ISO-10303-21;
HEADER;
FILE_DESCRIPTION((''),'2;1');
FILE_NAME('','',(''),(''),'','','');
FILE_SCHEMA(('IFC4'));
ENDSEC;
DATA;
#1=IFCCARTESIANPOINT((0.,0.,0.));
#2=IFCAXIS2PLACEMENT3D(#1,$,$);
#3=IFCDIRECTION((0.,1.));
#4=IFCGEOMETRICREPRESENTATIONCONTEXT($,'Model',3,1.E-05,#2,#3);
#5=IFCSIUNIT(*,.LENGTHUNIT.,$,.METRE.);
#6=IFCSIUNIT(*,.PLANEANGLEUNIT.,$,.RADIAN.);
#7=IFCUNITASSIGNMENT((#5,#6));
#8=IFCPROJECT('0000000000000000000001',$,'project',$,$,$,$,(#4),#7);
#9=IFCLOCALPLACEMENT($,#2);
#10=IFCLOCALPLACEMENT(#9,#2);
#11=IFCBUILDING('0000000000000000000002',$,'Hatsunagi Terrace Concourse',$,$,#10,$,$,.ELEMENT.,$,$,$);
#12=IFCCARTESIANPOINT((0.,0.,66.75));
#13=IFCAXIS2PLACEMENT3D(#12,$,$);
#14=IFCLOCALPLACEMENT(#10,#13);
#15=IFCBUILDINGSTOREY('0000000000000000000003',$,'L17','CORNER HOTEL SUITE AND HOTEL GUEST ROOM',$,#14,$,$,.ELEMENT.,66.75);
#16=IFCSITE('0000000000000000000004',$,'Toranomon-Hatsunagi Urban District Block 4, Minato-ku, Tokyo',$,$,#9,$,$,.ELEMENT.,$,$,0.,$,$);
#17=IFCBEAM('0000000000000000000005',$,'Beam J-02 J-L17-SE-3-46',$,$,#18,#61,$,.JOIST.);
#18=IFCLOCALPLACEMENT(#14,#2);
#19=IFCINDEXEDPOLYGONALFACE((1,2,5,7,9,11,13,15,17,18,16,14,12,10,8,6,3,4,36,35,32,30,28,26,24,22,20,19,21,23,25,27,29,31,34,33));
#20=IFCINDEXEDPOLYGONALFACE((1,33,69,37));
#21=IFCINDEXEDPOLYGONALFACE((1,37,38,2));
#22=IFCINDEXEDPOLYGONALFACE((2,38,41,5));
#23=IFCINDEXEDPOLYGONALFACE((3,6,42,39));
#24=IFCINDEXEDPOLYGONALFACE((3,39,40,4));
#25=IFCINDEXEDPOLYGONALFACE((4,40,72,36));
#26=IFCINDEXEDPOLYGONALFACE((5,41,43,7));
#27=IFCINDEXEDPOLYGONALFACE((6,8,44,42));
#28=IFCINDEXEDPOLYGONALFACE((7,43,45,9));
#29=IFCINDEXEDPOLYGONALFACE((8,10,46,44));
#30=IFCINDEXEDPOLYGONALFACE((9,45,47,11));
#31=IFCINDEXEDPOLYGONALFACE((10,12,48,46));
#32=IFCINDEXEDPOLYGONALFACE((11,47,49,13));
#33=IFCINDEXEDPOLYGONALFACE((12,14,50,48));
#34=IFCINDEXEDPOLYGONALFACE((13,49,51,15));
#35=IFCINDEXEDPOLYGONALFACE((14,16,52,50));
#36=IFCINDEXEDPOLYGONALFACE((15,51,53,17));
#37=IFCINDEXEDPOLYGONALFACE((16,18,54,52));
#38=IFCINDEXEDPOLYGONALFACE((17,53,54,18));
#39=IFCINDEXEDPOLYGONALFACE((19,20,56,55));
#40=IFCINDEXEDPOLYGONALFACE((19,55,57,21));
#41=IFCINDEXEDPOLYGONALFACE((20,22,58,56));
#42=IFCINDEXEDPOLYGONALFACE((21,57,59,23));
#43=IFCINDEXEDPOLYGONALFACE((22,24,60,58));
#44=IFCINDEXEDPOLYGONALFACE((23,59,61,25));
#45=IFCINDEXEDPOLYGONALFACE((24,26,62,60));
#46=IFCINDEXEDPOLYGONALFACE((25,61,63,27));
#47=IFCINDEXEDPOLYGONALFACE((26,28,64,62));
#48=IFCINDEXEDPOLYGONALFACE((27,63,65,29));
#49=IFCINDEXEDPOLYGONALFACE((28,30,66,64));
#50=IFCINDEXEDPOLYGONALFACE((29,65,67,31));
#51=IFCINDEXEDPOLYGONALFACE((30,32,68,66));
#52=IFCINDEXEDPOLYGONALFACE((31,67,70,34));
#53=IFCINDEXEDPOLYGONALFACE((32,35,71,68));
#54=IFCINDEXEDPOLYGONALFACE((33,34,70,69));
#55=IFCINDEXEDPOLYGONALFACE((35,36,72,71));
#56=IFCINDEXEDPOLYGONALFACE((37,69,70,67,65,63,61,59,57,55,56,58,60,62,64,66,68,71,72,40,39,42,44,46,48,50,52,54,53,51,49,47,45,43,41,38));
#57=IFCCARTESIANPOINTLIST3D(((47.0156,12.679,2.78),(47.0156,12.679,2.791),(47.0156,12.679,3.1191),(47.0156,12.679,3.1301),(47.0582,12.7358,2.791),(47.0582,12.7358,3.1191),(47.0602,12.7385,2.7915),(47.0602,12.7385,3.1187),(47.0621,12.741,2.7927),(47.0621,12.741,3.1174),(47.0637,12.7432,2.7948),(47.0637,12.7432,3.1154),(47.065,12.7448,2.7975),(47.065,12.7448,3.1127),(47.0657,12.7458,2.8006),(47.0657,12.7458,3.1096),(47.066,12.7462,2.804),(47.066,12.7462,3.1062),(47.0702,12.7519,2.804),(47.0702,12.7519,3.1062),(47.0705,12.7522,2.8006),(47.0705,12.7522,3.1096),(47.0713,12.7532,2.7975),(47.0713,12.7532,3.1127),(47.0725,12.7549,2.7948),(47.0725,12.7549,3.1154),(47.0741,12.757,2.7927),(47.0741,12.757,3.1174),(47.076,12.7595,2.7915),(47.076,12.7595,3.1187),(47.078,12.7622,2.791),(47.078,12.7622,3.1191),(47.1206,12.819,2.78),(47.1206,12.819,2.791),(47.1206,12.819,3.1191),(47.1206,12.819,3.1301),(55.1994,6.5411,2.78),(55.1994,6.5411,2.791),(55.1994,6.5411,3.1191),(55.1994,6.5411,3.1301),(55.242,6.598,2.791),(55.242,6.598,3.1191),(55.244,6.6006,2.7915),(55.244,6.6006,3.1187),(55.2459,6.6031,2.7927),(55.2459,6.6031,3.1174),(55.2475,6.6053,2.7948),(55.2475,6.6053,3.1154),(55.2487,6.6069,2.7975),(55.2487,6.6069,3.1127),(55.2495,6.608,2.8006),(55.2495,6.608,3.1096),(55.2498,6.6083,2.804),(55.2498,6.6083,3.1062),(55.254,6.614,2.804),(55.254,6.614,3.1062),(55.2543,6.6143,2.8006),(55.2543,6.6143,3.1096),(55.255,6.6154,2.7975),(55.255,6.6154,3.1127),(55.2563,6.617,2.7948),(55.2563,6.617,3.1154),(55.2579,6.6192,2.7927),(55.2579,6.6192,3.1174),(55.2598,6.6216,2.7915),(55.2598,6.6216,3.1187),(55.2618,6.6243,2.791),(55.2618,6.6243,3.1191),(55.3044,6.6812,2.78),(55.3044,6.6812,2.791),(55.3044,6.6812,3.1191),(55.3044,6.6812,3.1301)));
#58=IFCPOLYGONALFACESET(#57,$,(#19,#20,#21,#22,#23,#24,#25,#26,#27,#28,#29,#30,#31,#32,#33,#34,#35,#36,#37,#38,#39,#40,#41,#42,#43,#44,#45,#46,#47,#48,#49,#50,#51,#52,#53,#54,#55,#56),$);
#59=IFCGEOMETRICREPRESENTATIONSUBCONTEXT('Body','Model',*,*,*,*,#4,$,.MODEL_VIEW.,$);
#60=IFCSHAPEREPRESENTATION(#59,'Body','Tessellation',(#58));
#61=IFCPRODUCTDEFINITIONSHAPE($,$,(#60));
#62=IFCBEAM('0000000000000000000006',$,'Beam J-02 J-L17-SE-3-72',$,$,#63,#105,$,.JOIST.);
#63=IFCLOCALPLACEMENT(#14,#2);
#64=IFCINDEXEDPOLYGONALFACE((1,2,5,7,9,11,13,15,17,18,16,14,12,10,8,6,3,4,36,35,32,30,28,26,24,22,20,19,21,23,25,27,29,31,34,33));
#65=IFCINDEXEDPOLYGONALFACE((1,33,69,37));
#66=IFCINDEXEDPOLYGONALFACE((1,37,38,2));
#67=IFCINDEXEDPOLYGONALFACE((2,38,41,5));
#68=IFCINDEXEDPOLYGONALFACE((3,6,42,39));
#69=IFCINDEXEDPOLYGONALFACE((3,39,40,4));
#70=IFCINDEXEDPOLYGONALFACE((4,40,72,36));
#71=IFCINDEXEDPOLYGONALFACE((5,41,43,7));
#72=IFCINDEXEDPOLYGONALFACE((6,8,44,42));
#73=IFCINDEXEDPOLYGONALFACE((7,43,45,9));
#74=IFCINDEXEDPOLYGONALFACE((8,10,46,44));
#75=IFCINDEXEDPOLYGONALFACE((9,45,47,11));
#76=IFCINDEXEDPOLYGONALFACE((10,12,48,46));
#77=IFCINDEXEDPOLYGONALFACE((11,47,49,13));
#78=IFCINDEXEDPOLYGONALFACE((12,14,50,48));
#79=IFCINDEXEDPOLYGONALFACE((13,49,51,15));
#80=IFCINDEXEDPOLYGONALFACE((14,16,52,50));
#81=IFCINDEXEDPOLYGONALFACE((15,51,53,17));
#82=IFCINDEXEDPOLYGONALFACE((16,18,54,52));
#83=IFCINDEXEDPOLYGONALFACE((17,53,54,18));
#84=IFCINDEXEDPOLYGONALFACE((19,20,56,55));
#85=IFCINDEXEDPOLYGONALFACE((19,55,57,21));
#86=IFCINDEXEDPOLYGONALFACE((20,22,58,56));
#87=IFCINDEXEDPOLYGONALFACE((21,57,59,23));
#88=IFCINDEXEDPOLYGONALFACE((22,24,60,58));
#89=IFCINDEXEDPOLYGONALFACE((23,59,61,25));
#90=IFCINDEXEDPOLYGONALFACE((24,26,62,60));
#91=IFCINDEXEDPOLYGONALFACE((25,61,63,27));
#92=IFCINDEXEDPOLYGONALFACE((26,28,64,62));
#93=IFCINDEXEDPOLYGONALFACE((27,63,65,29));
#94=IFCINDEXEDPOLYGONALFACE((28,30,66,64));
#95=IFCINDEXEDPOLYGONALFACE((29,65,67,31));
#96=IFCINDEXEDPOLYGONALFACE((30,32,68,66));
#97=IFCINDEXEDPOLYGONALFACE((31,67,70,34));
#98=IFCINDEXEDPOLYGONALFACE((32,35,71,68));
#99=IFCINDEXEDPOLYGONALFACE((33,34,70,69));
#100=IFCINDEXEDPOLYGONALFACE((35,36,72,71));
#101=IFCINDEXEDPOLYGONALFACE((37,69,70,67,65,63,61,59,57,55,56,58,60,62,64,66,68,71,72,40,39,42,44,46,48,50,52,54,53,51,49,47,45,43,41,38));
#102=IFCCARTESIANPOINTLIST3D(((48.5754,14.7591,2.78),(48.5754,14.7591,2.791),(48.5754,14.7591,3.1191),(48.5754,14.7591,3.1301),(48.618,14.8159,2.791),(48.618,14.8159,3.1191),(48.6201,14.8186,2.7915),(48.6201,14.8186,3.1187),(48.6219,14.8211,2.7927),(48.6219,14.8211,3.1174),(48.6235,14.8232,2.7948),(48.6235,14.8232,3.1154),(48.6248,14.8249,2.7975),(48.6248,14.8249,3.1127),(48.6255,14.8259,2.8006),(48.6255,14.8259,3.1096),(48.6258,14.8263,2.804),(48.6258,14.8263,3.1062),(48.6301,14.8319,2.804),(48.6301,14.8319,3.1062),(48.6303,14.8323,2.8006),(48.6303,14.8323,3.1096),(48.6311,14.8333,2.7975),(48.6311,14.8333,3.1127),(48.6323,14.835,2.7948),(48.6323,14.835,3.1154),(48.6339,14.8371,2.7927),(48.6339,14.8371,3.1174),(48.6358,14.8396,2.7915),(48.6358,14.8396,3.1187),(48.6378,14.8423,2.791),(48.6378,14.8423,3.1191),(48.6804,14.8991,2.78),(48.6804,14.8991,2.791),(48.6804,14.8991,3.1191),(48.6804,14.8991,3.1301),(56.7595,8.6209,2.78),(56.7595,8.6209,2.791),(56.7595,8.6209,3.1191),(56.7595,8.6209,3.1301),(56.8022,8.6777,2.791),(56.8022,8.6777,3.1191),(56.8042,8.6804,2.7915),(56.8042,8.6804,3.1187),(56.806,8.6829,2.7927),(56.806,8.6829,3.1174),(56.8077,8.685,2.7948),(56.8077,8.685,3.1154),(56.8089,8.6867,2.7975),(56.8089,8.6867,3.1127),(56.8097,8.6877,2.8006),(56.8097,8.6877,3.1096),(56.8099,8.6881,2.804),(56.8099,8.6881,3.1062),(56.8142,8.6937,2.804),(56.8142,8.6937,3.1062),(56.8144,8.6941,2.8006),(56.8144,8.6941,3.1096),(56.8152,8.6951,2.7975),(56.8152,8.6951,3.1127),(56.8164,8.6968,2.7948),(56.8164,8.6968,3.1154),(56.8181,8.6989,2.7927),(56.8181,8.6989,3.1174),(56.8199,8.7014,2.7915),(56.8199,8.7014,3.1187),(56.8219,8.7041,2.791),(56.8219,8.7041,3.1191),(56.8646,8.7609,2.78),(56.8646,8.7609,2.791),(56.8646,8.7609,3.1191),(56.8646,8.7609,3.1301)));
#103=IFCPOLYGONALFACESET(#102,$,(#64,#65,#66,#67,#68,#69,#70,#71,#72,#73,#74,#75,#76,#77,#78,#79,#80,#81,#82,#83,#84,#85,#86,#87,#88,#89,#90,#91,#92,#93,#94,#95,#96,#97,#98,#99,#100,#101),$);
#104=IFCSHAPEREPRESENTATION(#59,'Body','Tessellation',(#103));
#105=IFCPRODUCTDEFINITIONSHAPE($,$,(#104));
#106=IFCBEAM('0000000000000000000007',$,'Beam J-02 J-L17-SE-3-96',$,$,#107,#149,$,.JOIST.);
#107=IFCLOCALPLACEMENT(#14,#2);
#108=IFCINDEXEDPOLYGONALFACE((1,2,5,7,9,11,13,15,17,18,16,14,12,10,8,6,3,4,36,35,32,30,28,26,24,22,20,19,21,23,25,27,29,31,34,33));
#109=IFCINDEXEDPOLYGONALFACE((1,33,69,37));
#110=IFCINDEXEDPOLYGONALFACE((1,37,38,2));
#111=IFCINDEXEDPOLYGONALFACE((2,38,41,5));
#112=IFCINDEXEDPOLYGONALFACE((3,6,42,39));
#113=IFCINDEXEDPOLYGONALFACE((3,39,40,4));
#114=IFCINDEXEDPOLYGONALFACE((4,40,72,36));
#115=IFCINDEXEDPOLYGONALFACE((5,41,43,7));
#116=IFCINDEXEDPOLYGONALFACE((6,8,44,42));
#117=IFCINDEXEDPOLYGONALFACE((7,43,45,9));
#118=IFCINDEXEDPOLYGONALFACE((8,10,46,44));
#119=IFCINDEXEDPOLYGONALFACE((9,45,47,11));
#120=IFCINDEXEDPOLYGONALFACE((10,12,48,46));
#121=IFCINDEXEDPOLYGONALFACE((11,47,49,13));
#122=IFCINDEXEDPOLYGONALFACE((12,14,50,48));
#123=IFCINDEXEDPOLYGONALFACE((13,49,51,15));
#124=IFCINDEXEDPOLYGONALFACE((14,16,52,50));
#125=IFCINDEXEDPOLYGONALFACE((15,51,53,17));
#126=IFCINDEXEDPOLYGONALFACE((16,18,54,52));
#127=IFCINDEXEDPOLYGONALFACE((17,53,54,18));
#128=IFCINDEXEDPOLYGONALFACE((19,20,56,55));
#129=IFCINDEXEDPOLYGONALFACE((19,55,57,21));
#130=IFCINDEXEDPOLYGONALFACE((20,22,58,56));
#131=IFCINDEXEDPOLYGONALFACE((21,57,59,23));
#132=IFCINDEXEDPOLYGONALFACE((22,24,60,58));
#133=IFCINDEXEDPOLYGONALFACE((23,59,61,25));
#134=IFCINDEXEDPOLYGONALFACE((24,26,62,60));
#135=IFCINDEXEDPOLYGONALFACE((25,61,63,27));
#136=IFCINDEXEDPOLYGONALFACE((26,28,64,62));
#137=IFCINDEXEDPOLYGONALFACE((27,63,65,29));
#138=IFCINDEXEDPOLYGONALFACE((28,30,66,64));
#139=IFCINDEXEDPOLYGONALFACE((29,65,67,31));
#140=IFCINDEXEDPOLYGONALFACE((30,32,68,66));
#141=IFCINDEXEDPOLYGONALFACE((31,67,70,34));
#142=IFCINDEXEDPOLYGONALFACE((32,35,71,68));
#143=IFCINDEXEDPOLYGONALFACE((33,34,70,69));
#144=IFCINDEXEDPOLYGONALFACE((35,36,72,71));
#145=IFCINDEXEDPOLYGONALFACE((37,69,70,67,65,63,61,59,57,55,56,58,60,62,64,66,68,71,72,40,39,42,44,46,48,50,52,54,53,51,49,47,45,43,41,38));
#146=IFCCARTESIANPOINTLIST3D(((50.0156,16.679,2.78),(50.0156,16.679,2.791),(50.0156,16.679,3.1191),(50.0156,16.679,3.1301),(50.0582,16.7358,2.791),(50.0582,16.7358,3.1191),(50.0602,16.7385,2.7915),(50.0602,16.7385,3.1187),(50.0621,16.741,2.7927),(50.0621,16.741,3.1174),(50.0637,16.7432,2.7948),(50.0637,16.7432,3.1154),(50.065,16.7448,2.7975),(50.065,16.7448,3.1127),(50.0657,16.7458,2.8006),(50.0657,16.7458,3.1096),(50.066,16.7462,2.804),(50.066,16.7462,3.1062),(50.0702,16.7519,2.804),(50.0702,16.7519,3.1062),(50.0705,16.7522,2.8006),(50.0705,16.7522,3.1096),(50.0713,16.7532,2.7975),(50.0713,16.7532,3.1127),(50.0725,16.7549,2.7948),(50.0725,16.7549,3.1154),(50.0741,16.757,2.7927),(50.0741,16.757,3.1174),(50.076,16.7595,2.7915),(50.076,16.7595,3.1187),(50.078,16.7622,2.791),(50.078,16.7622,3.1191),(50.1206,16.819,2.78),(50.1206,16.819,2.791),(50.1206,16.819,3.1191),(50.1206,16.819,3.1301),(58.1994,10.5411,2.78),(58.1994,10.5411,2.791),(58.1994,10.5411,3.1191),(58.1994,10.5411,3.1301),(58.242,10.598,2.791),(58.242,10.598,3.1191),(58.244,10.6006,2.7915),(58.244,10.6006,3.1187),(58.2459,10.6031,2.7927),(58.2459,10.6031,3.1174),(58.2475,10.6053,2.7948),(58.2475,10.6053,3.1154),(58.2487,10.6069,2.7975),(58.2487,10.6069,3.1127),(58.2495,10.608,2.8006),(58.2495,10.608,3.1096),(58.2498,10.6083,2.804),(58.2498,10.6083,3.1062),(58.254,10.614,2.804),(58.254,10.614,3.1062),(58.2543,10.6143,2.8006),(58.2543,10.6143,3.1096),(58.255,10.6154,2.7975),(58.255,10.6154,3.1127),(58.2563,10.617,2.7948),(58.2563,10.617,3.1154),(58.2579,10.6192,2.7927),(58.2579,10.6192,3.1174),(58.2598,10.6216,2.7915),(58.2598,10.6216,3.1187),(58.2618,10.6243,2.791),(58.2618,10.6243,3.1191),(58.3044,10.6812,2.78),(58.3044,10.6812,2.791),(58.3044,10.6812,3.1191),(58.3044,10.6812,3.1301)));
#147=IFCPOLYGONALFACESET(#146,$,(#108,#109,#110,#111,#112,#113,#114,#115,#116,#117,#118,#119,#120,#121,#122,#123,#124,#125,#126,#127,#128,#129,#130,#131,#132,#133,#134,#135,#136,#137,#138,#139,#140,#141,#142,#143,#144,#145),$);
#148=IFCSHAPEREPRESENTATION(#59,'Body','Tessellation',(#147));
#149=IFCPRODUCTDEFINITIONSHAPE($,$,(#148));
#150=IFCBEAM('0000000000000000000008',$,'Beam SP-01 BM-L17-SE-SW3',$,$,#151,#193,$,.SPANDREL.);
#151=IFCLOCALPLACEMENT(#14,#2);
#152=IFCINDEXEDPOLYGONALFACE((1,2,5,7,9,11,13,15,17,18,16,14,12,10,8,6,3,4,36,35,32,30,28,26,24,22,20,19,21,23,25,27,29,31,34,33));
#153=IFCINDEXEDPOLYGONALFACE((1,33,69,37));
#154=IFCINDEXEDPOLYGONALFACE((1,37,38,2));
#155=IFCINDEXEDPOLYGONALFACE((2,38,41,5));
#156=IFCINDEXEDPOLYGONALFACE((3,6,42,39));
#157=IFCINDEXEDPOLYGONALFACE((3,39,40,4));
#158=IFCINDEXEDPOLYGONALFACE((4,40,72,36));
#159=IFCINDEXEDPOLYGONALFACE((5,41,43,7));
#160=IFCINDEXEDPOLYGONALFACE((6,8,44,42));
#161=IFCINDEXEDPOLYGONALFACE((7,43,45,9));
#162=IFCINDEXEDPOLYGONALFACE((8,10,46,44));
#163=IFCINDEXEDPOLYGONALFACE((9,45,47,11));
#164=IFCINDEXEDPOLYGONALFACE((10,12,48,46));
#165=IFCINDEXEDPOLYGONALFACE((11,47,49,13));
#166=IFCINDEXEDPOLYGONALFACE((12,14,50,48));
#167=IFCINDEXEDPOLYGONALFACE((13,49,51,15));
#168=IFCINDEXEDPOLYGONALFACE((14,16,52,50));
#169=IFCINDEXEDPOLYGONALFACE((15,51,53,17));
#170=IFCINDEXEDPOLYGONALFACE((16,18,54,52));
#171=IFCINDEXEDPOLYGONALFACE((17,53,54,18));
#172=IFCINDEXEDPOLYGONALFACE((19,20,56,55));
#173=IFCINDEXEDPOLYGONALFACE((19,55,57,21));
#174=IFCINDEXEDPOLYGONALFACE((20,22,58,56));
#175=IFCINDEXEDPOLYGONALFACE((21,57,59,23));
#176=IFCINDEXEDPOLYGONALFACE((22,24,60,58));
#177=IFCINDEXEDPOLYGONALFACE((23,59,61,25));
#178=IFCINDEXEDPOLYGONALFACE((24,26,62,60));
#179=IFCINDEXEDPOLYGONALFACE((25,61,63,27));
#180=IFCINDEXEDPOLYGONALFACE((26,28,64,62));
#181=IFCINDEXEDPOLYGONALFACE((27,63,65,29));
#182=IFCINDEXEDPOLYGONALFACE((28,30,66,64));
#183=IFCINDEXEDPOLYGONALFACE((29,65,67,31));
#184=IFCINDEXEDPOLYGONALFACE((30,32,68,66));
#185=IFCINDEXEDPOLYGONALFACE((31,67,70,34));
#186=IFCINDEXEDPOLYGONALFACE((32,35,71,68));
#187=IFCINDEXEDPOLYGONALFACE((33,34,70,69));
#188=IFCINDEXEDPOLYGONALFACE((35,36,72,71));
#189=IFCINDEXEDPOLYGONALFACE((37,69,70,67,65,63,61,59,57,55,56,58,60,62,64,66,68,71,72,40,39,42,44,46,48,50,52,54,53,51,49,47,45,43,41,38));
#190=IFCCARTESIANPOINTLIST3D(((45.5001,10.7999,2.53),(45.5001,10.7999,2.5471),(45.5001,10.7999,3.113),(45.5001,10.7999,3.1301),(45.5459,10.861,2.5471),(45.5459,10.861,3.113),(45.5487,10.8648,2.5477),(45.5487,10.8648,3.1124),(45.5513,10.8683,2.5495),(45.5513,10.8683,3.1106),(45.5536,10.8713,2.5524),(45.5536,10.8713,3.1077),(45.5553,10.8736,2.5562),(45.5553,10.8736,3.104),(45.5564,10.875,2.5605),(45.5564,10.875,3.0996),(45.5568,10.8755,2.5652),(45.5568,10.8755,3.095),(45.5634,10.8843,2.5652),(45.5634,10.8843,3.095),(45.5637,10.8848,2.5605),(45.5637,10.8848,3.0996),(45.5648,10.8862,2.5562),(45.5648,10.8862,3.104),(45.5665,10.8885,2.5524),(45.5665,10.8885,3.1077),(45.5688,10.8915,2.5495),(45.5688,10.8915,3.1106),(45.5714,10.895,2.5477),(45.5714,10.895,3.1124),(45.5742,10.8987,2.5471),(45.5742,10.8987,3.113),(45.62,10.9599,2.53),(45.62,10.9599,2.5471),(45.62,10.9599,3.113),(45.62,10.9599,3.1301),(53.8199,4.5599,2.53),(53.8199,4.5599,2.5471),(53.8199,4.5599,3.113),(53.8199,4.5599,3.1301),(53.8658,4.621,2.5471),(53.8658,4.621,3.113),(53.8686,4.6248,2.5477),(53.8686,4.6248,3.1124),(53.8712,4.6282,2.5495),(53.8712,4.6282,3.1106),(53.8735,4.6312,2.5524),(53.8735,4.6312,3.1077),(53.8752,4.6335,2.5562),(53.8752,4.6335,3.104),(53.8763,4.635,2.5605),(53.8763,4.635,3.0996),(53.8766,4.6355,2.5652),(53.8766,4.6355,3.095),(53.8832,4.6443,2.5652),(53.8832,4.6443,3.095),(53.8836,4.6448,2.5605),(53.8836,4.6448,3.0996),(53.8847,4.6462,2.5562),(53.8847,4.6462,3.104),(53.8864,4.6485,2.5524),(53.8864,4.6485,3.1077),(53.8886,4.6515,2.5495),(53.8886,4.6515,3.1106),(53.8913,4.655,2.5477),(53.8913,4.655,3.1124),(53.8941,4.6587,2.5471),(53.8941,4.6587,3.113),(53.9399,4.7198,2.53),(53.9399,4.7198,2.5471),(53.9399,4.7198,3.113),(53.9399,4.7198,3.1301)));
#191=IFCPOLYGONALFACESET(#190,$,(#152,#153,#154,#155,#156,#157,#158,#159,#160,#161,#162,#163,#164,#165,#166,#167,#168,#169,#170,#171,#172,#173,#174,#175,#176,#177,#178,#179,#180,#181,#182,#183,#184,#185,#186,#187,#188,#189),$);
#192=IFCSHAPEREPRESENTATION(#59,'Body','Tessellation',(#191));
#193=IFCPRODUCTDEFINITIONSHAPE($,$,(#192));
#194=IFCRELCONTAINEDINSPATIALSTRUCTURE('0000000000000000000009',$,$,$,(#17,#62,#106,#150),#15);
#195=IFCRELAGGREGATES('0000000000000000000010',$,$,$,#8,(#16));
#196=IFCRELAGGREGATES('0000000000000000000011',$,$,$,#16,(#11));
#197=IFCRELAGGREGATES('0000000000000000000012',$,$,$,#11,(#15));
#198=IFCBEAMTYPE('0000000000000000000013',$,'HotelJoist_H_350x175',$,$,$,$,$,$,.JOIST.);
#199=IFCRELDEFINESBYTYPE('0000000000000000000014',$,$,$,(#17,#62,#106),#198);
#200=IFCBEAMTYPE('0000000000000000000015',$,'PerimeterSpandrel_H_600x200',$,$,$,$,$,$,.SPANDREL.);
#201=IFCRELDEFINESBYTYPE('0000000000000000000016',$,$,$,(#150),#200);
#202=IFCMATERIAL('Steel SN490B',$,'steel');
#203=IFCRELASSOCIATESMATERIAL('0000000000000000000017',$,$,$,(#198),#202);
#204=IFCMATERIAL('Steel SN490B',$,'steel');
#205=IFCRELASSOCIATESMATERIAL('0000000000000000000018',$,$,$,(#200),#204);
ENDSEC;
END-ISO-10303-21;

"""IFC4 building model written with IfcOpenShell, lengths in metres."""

from ifc_helpers import new_model, si_unit, direction, frame, origin, origin_2d, place, context, subcontext, project, spatial, i_section, extrude, material, material_profile, profile_set, type_object, element, save


model = new_model("IFC4")

# Units and contexts
model_context = context("Model", 3, precision=1e-05, world=origin(), true_north=direction((0.0, 1.0)))
body_context = subcontext(model_context, "Body", "Model", "MODEL_VIEW")
ifc_project = project(units=[si_unit("LENGTHUNIT", "METRE"), si_unit("PLANEANGLEUNIT", "RADIAN")], contexts=[model_context])

# Site, building, storey
site_placement = place(None, origin())
site = spatial("IfcSite", under=ifc_project, at=site_placement, Name="Toranomon-Hatsunagi Urban District Block 4, Minato-ku, Tokyo", CompositionType="ELEMENT", RefElevation=0.0)
building_placement = place(site_placement, origin())
building = spatial("IfcBuilding", under=site, at=building_placement, Name="Hatsunagi Terrace Concourse", CompositionType="ELEMENT")
storey_placement = place(building_placement, frame((0.0, 0.0, 66.75)))
storey = spatial("IfcBuildingStorey", under=building, at=storey_placement, Name="L17", Description="CORNER HOTEL SUITE AND HOTEL GUEST ROOM", CompositionType="ELEMENT", Elevation=66.75)

# Beams
ifc_material_1 = material(Name="Steel SN490B", Category="steel")
ifc_material_profile_1 = material_profile(ifc_material_1, i_section(OverallWidth=0.175, OverallDepth=0.3501, WebThickness=0.0071, FlangeThickness=0.011, FilletRadius=0.0129, at=origin_2d()), Name="H-350x175x7x11")
ifc_profile_set_1 = profile_set([ifc_material_profile_1], Name="Steel SN490B")
beam_type_1 = type_object("IfcBeamType", Name="HotelJoist_H_350x175", PredefinedType="JOIST", material=ifc_profile_set_1)
beam_1_placement = place(storey_placement, frame((47.0681, 12.749, 2.9551), z_axis=(0.799997, -0.600004, 0.0), x_axis=(0.600004, 0.799997, 0.0)))
element("IfcBeam", 1, at=beam_1_placement, inside=storey, type_object=beam_type_1, Name="Beam J-02 J-L17-SE-3-46", PredefinedType="JOIST", context=body_context, shape_type="SweptSolid", body=[
    extrude(i_section(OverallWidth=0.175, OverallDepth=0.3501, WebThickness=0.0071, FlangeThickness=0.011, FilletRadius=0.0129, at=origin_2d()), origin(), (0.0, 0.0, 1.0), 10.2297),
])
beam_2_placement = place(storey_placement, frame((48.6279, 14.8291, 2.9551), z_axis=(0.799994, -0.600008, 0.0), x_axis=(0.600008, 0.799994, 0.0)))
element("IfcBeam", 2, at=beam_2_placement, inside=storey, type_object=beam_type_1, Name="Beam J-02 J-L17-SE-3-72", PredefinedType="JOIST", context=body_context, shape_type="SweptSolid", body=[
    extrude(i_section(OverallWidth=0.175, OverallDepth=0.3501, WebThickness=0.0071, FlangeThickness=0.011, FilletRadius=0.0129, at=origin_2d()), origin(), (0.0, 0.0, 1.0), 10.2302),
])
beam_3_placement = place(storey_placement, frame((50.0681, 16.749, 2.9551), z_axis=(0.799997, -0.600004, 0.0), x_axis=(0.600004, 0.799997, 0.0)))
element("IfcBeam", 3, at=beam_3_placement, inside=storey, type_object=beam_type_1, Name="Beam J-02 J-L17-SE-3-96", PredefinedType="JOIST", context=body_context, shape_type="SweptSolid", body=[
    extrude(i_section(OverallWidth=0.175, OverallDepth=0.3501, WebThickness=0.0071, FlangeThickness=0.011, FilletRadius=0.0129, at=origin_2d()), origin(), (0.0, 0.0, 1.0), 10.2297),
])
ifc_material_2 = material(Name="Steel SN490B", Category="steel")
ifc_material_profile_2 = material_profile(ifc_material_2, i_section(OverallWidth=0.2, OverallDepth=0.6001, WebThickness=0.011, FlangeThickness=0.0171, FilletRadius=0.0181, at=origin_2d()), Name="H-600x200x11x17")
ifc_profile_set_2 = profile_set([ifc_material_profile_2], Name="Steel SN490B")
beam_type_2 = type_object("IfcBeamType", Name="PerimeterSpandrel_H_600x200", PredefinedType="SPANDREL", material=ifc_profile_set_2)
beam_4_placement = place(storey_placement, frame((45.5601, 10.8799, 2.8301), z_axis=(0.799994, -0.600008, 0.0), x_axis=(0.600008, 0.799994, 0.0)))
element("IfcBeam", 4, at=beam_4_placement, inside=storey, type_object=beam_type_2, Name="Beam SP-01 BM-L17-SE-SW3", PredefinedType="SPANDREL", context=body_context, shape_type="SweptSolid", body=[
    extrude(i_section(OverallWidth=0.2, OverallDepth=0.6001, WebThickness=0.011, FlangeThickness=0.0171, FilletRadius=0.0181, at=origin_2d()), origin(), (0.0, 0.0, 1.0), 10.3999),
])

save(model, "model.ifc")
